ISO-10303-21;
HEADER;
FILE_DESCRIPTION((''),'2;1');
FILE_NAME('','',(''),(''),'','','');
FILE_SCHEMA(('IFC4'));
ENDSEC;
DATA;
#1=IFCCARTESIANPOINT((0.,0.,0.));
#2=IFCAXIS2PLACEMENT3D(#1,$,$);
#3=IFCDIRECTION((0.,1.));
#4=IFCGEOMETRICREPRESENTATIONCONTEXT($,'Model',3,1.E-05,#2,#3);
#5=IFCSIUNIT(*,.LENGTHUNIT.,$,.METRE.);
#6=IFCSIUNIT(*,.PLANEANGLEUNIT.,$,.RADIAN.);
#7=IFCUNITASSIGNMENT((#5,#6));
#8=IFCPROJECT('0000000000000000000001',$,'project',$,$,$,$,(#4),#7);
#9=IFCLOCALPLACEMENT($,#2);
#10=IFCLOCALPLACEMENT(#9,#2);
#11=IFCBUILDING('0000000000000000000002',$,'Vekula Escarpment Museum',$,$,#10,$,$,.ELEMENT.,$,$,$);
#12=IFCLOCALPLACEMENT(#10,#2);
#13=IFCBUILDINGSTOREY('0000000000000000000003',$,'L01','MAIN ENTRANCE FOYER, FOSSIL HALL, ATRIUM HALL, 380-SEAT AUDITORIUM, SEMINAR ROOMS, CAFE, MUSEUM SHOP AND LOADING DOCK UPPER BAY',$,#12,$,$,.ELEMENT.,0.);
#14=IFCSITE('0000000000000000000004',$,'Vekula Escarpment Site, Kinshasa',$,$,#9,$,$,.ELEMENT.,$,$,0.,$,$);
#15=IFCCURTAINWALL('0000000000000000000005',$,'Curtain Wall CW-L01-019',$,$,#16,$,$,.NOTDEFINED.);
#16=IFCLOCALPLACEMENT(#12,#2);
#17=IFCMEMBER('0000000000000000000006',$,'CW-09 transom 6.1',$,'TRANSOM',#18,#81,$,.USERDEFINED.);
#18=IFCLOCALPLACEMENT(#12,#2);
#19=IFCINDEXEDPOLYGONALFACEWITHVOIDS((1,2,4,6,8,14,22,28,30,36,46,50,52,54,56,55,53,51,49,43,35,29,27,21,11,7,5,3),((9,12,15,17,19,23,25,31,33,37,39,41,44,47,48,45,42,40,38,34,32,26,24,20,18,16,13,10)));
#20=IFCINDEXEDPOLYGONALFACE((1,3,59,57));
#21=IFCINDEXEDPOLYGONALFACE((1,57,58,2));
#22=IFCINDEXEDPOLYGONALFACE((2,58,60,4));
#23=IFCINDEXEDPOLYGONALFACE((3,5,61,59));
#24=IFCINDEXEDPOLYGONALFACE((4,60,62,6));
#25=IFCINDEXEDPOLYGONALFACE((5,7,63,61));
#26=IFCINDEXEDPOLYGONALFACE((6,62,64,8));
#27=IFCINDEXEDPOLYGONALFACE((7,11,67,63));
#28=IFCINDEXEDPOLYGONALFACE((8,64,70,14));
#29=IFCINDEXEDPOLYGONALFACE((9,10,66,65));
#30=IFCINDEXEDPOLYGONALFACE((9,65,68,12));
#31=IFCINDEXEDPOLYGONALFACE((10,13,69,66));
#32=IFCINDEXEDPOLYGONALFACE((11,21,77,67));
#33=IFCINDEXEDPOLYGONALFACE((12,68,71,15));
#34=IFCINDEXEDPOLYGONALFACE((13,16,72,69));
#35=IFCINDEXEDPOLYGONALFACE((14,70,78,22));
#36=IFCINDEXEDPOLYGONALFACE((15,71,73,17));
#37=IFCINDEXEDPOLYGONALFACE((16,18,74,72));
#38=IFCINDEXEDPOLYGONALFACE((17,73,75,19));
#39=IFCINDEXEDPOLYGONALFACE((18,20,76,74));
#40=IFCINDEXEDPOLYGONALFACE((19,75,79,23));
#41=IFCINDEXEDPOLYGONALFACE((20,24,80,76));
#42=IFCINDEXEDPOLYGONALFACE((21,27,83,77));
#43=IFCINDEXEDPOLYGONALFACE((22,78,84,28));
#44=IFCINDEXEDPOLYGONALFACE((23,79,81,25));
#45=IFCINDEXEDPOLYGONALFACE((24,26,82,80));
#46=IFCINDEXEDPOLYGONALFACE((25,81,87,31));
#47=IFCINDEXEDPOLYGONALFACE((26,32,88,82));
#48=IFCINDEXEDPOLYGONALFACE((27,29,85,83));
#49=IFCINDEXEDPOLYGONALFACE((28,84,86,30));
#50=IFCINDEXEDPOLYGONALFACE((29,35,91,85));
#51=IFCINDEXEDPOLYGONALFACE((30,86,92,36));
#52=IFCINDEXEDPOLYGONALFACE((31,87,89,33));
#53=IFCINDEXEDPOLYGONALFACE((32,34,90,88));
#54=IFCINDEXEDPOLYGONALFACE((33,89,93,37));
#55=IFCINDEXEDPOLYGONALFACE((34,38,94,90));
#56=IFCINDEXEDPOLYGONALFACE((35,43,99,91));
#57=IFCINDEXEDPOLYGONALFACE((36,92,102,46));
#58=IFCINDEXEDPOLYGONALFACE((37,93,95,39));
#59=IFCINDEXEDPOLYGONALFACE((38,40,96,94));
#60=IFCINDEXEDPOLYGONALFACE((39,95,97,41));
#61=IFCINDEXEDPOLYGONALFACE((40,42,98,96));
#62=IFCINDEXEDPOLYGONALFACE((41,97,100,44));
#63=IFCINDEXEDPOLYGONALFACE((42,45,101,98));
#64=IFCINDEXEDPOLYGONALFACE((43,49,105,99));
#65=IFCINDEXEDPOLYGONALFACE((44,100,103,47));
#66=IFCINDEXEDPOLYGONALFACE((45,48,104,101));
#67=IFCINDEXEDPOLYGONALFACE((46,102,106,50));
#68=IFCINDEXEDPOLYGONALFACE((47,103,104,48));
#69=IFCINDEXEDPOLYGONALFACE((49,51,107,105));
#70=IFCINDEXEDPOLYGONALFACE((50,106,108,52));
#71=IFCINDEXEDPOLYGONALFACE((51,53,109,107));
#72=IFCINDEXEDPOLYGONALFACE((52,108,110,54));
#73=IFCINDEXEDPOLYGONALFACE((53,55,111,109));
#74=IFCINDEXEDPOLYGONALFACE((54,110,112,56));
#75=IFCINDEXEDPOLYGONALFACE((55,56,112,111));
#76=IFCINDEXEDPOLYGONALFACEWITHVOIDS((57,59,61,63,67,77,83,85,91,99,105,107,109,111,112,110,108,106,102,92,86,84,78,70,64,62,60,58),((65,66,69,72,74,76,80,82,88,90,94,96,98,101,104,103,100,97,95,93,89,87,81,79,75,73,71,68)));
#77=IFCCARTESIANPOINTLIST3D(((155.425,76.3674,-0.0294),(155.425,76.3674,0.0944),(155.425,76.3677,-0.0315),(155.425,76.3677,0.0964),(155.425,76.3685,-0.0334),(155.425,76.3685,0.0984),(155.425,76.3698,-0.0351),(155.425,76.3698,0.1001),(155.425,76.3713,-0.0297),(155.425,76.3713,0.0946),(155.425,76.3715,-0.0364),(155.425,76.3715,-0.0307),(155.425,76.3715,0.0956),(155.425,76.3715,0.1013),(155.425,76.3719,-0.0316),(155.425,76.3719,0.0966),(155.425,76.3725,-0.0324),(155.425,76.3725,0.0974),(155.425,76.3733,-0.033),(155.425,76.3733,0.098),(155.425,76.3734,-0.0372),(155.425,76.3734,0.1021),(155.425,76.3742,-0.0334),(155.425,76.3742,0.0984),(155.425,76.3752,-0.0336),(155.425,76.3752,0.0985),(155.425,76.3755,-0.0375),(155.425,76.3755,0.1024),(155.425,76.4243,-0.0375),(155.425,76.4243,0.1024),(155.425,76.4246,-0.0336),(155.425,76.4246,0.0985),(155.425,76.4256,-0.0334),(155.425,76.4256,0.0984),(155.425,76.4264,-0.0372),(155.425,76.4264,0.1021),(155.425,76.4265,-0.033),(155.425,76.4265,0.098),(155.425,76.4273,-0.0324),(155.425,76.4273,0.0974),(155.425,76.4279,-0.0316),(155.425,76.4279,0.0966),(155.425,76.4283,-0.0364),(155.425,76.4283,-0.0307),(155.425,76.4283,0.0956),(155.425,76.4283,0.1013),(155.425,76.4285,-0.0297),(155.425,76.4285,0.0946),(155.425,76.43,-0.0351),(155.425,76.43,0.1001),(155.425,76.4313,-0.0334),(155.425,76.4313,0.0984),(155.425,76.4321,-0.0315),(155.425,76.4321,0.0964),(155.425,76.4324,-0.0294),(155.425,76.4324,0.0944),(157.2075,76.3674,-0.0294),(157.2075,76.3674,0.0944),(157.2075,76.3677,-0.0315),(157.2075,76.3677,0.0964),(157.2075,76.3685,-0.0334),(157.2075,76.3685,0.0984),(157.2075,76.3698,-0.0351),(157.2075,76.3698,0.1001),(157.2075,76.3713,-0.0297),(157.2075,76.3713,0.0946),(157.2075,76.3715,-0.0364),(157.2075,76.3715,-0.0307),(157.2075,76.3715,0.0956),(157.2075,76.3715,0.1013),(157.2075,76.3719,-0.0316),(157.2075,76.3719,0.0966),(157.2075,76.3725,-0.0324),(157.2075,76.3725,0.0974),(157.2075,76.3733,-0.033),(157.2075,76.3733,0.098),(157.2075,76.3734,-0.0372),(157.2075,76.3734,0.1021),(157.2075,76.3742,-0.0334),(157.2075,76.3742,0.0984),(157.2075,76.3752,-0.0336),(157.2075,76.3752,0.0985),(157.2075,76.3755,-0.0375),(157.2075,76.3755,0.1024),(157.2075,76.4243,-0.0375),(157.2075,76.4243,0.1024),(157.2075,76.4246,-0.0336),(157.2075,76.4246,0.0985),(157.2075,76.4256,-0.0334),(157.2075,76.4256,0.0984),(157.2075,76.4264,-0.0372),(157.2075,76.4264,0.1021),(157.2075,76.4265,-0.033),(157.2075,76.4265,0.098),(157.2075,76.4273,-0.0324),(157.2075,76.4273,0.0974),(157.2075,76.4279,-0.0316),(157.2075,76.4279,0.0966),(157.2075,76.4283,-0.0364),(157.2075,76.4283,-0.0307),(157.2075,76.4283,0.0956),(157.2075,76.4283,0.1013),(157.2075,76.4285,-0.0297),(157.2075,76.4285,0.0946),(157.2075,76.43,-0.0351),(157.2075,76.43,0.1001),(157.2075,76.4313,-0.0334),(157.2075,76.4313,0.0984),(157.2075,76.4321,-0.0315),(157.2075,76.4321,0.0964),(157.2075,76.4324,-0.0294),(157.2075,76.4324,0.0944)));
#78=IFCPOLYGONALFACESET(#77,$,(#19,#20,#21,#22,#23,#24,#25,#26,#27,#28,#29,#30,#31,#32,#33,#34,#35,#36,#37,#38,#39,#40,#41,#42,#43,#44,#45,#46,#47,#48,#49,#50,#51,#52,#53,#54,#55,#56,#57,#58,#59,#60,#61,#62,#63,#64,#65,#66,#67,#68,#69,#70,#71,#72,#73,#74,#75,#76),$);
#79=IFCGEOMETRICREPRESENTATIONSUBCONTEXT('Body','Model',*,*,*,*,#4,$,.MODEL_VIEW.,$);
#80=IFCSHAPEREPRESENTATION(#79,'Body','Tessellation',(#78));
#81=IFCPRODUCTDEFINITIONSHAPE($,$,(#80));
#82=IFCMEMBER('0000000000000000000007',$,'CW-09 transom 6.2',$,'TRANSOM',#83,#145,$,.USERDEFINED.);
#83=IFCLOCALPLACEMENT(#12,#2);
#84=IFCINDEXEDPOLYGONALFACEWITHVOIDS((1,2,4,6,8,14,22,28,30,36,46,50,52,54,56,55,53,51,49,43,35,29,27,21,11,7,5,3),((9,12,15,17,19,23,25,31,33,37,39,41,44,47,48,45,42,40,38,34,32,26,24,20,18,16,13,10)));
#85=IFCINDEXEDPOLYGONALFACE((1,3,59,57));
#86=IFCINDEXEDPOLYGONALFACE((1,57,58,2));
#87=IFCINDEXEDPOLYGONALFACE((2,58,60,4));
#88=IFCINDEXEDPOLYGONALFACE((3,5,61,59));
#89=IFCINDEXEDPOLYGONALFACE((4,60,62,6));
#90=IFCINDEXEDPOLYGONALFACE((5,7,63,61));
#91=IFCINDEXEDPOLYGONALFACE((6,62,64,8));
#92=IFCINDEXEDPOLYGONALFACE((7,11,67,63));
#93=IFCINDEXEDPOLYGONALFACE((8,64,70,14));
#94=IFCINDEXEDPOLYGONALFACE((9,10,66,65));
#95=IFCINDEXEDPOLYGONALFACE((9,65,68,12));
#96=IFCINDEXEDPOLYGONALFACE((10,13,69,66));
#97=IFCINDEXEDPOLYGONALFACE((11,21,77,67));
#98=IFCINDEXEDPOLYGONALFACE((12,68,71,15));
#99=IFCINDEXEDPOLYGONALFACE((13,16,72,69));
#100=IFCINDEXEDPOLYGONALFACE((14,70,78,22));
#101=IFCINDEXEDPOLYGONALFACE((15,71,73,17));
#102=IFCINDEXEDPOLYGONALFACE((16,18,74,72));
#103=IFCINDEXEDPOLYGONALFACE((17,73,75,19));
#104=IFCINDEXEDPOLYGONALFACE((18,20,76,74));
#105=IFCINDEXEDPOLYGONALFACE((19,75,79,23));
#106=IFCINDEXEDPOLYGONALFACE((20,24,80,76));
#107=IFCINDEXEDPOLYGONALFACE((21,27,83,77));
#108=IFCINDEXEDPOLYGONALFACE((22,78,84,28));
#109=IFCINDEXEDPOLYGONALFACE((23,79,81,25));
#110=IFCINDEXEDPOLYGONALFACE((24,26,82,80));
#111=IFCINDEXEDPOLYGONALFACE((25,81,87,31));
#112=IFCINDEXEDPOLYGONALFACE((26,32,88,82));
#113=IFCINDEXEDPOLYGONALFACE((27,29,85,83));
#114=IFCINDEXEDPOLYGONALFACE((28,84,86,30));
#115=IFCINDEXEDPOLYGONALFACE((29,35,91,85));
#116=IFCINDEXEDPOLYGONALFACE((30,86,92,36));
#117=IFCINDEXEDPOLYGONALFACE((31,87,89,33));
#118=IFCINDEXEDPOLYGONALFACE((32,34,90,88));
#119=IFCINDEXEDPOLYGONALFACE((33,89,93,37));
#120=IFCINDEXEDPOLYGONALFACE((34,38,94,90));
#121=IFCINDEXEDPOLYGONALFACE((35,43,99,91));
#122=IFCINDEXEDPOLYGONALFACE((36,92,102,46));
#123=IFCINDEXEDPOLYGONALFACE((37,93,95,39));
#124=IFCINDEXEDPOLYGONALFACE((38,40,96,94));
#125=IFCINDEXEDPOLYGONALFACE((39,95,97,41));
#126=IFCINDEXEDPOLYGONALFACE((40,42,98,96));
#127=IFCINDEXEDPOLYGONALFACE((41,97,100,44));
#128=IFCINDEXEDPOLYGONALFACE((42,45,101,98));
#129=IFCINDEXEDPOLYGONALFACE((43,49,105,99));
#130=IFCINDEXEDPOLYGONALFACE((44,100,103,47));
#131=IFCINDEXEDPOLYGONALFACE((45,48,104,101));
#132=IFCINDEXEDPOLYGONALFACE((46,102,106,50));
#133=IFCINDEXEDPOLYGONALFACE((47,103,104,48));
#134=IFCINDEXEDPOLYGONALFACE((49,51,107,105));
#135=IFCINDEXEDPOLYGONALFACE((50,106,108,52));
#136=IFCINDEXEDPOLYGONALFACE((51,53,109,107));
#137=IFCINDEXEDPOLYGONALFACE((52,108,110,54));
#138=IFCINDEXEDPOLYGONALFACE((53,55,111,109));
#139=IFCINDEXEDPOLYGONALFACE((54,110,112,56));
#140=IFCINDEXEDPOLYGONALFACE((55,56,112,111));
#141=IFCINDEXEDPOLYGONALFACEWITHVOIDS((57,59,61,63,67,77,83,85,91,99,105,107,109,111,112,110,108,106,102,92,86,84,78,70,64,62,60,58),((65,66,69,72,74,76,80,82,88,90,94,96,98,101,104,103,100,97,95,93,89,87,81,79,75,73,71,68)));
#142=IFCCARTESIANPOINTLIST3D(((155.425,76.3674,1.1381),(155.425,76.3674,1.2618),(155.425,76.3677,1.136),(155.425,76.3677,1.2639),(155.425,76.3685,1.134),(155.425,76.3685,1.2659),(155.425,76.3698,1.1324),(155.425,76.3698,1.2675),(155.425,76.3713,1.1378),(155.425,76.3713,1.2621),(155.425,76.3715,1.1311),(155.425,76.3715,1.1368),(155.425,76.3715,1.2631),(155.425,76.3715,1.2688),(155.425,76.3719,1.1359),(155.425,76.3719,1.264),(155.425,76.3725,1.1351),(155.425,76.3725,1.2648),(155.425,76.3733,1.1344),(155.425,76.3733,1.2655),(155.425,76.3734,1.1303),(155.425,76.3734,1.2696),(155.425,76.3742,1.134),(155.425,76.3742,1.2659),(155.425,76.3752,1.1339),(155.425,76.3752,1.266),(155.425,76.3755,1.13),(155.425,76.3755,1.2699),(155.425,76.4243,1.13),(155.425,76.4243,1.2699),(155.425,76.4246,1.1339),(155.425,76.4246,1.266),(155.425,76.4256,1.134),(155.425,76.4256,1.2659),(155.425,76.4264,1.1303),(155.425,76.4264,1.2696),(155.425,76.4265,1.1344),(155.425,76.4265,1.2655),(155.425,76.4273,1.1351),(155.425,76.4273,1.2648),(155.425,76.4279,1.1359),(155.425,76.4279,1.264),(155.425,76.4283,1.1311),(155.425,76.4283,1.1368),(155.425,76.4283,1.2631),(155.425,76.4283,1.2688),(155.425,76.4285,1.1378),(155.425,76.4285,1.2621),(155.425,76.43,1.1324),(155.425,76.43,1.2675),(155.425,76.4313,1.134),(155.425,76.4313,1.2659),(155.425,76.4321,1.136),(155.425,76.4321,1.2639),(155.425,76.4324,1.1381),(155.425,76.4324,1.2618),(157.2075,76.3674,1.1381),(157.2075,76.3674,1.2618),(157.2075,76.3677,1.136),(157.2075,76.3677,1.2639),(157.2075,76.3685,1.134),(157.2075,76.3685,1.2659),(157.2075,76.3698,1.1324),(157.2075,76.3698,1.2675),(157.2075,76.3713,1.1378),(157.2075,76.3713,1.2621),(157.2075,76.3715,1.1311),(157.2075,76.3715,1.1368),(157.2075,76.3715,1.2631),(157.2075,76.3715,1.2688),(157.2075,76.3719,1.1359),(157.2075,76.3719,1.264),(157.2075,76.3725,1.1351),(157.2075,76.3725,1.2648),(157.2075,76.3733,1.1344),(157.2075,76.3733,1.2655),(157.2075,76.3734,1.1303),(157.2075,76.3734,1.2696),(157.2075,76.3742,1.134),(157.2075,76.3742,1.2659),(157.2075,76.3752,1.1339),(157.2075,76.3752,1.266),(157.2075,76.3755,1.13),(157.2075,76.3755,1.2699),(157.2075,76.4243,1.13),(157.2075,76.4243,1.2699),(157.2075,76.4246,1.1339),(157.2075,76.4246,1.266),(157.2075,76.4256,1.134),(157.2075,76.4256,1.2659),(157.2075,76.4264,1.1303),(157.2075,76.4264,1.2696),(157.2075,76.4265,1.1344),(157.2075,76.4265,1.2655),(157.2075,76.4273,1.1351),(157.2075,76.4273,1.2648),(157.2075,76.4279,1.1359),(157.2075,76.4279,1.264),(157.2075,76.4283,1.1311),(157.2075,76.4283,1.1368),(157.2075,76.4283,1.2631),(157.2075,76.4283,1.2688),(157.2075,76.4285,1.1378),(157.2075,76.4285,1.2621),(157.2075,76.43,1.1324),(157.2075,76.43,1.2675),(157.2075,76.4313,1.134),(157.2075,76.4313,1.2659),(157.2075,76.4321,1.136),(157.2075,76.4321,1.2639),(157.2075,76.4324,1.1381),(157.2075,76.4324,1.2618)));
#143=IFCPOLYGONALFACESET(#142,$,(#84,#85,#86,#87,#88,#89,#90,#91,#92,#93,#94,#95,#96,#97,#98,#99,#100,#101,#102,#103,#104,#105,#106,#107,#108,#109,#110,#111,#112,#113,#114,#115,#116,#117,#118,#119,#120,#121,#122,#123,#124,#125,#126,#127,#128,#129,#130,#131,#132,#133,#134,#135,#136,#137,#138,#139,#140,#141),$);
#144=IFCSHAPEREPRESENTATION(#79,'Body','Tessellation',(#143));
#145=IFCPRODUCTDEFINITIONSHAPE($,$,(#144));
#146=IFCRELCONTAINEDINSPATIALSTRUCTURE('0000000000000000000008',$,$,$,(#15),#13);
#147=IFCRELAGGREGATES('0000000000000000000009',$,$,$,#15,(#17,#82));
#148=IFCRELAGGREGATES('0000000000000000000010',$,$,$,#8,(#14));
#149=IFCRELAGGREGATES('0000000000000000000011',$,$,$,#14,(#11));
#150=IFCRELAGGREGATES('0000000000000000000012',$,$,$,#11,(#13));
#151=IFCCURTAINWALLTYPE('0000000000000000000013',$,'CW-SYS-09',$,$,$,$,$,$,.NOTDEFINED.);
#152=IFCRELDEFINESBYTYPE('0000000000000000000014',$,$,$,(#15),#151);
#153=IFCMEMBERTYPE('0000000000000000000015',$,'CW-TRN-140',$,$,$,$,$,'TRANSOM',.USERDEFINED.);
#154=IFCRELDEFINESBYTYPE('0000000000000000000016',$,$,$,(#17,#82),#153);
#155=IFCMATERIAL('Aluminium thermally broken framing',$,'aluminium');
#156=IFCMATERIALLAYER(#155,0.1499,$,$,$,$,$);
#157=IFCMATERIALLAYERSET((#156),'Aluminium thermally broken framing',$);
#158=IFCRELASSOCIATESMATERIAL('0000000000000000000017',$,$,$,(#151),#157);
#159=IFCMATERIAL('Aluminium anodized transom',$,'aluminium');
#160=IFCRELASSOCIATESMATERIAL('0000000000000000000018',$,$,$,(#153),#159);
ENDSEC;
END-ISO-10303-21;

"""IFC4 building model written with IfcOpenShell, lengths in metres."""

from ifc_helpers import new_model, si_unit, direction, frame, origin, origin_2d, place, context, subcontext, project, spatial, hollow_rectangle, extrude, material, layer, layer_set, material_profile, profile_set, type_object, element, aggregate, save


model = new_model("IFC4")

# Units and contexts
model_context = context("Model", 3, precision=1e-05, world=origin(), true_north=direction((0.0, 1.0)))
body_context = subcontext(model_context, "Body", "Model", "MODEL_VIEW")
ifc_project = project(units=[si_unit("LENGTHUNIT", "METRE"), si_unit("PLANEANGLEUNIT", "RADIAN")], contexts=[model_context])

# Site, building, storey
site_placement = place(None, origin())
site = spatial("IfcSite", under=ifc_project, at=site_placement, Name="Vekula Escarpment Site, Kinshasa", CompositionType="ELEMENT", RefElevation=0.0)
building_placement = place(site_placement, origin())
building = spatial("IfcBuilding", under=site, at=building_placement, Name="Vekula Escarpment Museum", CompositionType="ELEMENT")
storey_placement = place(building_placement, origin())
storey = spatial("IfcBuildingStorey", under=building, at=storey_placement, Name="L01", Description="MAIN ENTRANCE FOYER, FOSSIL HALL, ATRIUM HALL, 380-SEAT AUDITORIUM, SEMINAR ROOMS, CAFE, MUSEUM SHOP AND LOADING DOCK UPPER BAY", CompositionType="ELEMENT", Elevation=0.0)

# Curtain wall
ifc_material_1 = material(Name="Aluminium thermally broken framing", Category="aluminium")
ifc_layer_1 = layer(ifc_material_1, 0.1499)
ifc_layer_set_1 = layer_set([ifc_layer_1], Name="Aluminium thermally broken framing")
curtain_wall_type_1 = type_object("IfcCurtainWallType", Name="CW-SYS-09", PredefinedType="NOTDEFINED", material=ifc_layer_set_1)
curtain_wall_1_placement = place(storey_placement, origin())
curtain_wall_1 = element("IfcCurtainWall", 1, at=curtain_wall_1_placement, inside=storey, type_object=curtain_wall_type_1, Name="Curtain Wall CW-L01-019", PredefinedType="NOTDEFINED")

# Members
ifc_material_2 = material(Name="Aluminium anodized transom", Category="aluminium")
ifc_material_profile_1 = material_profile(ifc_material_2, hollow_rectangle(XDim=0.0649, YDim=0.1399, WallThickness=0.0039, InnerFilletRadius=0.0039, OuterFilletRadius=0.0081, at=origin_2d()), Name="ALU 140x65x4")
ifc_profile_set_1 = profile_set([ifc_material_profile_1], Name="Aluminium anodized transom")
member_type_1 = type_object("IfcMemberType", Name="CW-TRN-140", ElementType="TRANSOM", PredefinedType="USERDEFINED", material=ifc_profile_set_1)
member_1_placement = place(storey_placement, frame((157.2075, 76.3999, 0.0325), z_axis=(-1.0, 0.0, 0.0), x_axis=(0.0, -1.0, 0.0)))
member_1 = element("IfcMember", 2, at=member_1_placement, type_object=member_type_1, Name="CW-09 transom 6.1", ObjectType="TRANSOM", PredefinedType="USERDEFINED", context=body_context, shape_type="SweptSolid", body=[
    extrude(hollow_rectangle(XDim=0.0649, YDim=0.1399, WallThickness=0.0039, InnerFilletRadius=0.0039, OuterFilletRadius=0.0081, at=origin_2d()), origin(), (0.0, 0.0, 1.0), 1.7825),
])
member_2_placement = place(storey_placement, frame((157.2075, 76.3999, 1.2), z_axis=(-1.0, 0.0, 0.0), x_axis=(0.0, -1.0, 0.0)))
member_2 = element("IfcMember", 3, at=member_2_placement, type_object=member_type_1, Name="CW-09 transom 6.2", ObjectType="TRANSOM", PredefinedType="USERDEFINED", context=body_context, shape_type="SweptSolid", body=[
    extrude(hollow_rectangle(XDim=0.0649, YDim=0.1399, WallThickness=0.0039, InnerFilletRadius=0.0039, OuterFilletRadius=0.0081, at=origin_2d()), origin(), (0.0, 0.0, 1.0), 1.7825),
])

aggregate(curtain_wall_1, [member_1, member_2])

save(model, "model.ifc")
